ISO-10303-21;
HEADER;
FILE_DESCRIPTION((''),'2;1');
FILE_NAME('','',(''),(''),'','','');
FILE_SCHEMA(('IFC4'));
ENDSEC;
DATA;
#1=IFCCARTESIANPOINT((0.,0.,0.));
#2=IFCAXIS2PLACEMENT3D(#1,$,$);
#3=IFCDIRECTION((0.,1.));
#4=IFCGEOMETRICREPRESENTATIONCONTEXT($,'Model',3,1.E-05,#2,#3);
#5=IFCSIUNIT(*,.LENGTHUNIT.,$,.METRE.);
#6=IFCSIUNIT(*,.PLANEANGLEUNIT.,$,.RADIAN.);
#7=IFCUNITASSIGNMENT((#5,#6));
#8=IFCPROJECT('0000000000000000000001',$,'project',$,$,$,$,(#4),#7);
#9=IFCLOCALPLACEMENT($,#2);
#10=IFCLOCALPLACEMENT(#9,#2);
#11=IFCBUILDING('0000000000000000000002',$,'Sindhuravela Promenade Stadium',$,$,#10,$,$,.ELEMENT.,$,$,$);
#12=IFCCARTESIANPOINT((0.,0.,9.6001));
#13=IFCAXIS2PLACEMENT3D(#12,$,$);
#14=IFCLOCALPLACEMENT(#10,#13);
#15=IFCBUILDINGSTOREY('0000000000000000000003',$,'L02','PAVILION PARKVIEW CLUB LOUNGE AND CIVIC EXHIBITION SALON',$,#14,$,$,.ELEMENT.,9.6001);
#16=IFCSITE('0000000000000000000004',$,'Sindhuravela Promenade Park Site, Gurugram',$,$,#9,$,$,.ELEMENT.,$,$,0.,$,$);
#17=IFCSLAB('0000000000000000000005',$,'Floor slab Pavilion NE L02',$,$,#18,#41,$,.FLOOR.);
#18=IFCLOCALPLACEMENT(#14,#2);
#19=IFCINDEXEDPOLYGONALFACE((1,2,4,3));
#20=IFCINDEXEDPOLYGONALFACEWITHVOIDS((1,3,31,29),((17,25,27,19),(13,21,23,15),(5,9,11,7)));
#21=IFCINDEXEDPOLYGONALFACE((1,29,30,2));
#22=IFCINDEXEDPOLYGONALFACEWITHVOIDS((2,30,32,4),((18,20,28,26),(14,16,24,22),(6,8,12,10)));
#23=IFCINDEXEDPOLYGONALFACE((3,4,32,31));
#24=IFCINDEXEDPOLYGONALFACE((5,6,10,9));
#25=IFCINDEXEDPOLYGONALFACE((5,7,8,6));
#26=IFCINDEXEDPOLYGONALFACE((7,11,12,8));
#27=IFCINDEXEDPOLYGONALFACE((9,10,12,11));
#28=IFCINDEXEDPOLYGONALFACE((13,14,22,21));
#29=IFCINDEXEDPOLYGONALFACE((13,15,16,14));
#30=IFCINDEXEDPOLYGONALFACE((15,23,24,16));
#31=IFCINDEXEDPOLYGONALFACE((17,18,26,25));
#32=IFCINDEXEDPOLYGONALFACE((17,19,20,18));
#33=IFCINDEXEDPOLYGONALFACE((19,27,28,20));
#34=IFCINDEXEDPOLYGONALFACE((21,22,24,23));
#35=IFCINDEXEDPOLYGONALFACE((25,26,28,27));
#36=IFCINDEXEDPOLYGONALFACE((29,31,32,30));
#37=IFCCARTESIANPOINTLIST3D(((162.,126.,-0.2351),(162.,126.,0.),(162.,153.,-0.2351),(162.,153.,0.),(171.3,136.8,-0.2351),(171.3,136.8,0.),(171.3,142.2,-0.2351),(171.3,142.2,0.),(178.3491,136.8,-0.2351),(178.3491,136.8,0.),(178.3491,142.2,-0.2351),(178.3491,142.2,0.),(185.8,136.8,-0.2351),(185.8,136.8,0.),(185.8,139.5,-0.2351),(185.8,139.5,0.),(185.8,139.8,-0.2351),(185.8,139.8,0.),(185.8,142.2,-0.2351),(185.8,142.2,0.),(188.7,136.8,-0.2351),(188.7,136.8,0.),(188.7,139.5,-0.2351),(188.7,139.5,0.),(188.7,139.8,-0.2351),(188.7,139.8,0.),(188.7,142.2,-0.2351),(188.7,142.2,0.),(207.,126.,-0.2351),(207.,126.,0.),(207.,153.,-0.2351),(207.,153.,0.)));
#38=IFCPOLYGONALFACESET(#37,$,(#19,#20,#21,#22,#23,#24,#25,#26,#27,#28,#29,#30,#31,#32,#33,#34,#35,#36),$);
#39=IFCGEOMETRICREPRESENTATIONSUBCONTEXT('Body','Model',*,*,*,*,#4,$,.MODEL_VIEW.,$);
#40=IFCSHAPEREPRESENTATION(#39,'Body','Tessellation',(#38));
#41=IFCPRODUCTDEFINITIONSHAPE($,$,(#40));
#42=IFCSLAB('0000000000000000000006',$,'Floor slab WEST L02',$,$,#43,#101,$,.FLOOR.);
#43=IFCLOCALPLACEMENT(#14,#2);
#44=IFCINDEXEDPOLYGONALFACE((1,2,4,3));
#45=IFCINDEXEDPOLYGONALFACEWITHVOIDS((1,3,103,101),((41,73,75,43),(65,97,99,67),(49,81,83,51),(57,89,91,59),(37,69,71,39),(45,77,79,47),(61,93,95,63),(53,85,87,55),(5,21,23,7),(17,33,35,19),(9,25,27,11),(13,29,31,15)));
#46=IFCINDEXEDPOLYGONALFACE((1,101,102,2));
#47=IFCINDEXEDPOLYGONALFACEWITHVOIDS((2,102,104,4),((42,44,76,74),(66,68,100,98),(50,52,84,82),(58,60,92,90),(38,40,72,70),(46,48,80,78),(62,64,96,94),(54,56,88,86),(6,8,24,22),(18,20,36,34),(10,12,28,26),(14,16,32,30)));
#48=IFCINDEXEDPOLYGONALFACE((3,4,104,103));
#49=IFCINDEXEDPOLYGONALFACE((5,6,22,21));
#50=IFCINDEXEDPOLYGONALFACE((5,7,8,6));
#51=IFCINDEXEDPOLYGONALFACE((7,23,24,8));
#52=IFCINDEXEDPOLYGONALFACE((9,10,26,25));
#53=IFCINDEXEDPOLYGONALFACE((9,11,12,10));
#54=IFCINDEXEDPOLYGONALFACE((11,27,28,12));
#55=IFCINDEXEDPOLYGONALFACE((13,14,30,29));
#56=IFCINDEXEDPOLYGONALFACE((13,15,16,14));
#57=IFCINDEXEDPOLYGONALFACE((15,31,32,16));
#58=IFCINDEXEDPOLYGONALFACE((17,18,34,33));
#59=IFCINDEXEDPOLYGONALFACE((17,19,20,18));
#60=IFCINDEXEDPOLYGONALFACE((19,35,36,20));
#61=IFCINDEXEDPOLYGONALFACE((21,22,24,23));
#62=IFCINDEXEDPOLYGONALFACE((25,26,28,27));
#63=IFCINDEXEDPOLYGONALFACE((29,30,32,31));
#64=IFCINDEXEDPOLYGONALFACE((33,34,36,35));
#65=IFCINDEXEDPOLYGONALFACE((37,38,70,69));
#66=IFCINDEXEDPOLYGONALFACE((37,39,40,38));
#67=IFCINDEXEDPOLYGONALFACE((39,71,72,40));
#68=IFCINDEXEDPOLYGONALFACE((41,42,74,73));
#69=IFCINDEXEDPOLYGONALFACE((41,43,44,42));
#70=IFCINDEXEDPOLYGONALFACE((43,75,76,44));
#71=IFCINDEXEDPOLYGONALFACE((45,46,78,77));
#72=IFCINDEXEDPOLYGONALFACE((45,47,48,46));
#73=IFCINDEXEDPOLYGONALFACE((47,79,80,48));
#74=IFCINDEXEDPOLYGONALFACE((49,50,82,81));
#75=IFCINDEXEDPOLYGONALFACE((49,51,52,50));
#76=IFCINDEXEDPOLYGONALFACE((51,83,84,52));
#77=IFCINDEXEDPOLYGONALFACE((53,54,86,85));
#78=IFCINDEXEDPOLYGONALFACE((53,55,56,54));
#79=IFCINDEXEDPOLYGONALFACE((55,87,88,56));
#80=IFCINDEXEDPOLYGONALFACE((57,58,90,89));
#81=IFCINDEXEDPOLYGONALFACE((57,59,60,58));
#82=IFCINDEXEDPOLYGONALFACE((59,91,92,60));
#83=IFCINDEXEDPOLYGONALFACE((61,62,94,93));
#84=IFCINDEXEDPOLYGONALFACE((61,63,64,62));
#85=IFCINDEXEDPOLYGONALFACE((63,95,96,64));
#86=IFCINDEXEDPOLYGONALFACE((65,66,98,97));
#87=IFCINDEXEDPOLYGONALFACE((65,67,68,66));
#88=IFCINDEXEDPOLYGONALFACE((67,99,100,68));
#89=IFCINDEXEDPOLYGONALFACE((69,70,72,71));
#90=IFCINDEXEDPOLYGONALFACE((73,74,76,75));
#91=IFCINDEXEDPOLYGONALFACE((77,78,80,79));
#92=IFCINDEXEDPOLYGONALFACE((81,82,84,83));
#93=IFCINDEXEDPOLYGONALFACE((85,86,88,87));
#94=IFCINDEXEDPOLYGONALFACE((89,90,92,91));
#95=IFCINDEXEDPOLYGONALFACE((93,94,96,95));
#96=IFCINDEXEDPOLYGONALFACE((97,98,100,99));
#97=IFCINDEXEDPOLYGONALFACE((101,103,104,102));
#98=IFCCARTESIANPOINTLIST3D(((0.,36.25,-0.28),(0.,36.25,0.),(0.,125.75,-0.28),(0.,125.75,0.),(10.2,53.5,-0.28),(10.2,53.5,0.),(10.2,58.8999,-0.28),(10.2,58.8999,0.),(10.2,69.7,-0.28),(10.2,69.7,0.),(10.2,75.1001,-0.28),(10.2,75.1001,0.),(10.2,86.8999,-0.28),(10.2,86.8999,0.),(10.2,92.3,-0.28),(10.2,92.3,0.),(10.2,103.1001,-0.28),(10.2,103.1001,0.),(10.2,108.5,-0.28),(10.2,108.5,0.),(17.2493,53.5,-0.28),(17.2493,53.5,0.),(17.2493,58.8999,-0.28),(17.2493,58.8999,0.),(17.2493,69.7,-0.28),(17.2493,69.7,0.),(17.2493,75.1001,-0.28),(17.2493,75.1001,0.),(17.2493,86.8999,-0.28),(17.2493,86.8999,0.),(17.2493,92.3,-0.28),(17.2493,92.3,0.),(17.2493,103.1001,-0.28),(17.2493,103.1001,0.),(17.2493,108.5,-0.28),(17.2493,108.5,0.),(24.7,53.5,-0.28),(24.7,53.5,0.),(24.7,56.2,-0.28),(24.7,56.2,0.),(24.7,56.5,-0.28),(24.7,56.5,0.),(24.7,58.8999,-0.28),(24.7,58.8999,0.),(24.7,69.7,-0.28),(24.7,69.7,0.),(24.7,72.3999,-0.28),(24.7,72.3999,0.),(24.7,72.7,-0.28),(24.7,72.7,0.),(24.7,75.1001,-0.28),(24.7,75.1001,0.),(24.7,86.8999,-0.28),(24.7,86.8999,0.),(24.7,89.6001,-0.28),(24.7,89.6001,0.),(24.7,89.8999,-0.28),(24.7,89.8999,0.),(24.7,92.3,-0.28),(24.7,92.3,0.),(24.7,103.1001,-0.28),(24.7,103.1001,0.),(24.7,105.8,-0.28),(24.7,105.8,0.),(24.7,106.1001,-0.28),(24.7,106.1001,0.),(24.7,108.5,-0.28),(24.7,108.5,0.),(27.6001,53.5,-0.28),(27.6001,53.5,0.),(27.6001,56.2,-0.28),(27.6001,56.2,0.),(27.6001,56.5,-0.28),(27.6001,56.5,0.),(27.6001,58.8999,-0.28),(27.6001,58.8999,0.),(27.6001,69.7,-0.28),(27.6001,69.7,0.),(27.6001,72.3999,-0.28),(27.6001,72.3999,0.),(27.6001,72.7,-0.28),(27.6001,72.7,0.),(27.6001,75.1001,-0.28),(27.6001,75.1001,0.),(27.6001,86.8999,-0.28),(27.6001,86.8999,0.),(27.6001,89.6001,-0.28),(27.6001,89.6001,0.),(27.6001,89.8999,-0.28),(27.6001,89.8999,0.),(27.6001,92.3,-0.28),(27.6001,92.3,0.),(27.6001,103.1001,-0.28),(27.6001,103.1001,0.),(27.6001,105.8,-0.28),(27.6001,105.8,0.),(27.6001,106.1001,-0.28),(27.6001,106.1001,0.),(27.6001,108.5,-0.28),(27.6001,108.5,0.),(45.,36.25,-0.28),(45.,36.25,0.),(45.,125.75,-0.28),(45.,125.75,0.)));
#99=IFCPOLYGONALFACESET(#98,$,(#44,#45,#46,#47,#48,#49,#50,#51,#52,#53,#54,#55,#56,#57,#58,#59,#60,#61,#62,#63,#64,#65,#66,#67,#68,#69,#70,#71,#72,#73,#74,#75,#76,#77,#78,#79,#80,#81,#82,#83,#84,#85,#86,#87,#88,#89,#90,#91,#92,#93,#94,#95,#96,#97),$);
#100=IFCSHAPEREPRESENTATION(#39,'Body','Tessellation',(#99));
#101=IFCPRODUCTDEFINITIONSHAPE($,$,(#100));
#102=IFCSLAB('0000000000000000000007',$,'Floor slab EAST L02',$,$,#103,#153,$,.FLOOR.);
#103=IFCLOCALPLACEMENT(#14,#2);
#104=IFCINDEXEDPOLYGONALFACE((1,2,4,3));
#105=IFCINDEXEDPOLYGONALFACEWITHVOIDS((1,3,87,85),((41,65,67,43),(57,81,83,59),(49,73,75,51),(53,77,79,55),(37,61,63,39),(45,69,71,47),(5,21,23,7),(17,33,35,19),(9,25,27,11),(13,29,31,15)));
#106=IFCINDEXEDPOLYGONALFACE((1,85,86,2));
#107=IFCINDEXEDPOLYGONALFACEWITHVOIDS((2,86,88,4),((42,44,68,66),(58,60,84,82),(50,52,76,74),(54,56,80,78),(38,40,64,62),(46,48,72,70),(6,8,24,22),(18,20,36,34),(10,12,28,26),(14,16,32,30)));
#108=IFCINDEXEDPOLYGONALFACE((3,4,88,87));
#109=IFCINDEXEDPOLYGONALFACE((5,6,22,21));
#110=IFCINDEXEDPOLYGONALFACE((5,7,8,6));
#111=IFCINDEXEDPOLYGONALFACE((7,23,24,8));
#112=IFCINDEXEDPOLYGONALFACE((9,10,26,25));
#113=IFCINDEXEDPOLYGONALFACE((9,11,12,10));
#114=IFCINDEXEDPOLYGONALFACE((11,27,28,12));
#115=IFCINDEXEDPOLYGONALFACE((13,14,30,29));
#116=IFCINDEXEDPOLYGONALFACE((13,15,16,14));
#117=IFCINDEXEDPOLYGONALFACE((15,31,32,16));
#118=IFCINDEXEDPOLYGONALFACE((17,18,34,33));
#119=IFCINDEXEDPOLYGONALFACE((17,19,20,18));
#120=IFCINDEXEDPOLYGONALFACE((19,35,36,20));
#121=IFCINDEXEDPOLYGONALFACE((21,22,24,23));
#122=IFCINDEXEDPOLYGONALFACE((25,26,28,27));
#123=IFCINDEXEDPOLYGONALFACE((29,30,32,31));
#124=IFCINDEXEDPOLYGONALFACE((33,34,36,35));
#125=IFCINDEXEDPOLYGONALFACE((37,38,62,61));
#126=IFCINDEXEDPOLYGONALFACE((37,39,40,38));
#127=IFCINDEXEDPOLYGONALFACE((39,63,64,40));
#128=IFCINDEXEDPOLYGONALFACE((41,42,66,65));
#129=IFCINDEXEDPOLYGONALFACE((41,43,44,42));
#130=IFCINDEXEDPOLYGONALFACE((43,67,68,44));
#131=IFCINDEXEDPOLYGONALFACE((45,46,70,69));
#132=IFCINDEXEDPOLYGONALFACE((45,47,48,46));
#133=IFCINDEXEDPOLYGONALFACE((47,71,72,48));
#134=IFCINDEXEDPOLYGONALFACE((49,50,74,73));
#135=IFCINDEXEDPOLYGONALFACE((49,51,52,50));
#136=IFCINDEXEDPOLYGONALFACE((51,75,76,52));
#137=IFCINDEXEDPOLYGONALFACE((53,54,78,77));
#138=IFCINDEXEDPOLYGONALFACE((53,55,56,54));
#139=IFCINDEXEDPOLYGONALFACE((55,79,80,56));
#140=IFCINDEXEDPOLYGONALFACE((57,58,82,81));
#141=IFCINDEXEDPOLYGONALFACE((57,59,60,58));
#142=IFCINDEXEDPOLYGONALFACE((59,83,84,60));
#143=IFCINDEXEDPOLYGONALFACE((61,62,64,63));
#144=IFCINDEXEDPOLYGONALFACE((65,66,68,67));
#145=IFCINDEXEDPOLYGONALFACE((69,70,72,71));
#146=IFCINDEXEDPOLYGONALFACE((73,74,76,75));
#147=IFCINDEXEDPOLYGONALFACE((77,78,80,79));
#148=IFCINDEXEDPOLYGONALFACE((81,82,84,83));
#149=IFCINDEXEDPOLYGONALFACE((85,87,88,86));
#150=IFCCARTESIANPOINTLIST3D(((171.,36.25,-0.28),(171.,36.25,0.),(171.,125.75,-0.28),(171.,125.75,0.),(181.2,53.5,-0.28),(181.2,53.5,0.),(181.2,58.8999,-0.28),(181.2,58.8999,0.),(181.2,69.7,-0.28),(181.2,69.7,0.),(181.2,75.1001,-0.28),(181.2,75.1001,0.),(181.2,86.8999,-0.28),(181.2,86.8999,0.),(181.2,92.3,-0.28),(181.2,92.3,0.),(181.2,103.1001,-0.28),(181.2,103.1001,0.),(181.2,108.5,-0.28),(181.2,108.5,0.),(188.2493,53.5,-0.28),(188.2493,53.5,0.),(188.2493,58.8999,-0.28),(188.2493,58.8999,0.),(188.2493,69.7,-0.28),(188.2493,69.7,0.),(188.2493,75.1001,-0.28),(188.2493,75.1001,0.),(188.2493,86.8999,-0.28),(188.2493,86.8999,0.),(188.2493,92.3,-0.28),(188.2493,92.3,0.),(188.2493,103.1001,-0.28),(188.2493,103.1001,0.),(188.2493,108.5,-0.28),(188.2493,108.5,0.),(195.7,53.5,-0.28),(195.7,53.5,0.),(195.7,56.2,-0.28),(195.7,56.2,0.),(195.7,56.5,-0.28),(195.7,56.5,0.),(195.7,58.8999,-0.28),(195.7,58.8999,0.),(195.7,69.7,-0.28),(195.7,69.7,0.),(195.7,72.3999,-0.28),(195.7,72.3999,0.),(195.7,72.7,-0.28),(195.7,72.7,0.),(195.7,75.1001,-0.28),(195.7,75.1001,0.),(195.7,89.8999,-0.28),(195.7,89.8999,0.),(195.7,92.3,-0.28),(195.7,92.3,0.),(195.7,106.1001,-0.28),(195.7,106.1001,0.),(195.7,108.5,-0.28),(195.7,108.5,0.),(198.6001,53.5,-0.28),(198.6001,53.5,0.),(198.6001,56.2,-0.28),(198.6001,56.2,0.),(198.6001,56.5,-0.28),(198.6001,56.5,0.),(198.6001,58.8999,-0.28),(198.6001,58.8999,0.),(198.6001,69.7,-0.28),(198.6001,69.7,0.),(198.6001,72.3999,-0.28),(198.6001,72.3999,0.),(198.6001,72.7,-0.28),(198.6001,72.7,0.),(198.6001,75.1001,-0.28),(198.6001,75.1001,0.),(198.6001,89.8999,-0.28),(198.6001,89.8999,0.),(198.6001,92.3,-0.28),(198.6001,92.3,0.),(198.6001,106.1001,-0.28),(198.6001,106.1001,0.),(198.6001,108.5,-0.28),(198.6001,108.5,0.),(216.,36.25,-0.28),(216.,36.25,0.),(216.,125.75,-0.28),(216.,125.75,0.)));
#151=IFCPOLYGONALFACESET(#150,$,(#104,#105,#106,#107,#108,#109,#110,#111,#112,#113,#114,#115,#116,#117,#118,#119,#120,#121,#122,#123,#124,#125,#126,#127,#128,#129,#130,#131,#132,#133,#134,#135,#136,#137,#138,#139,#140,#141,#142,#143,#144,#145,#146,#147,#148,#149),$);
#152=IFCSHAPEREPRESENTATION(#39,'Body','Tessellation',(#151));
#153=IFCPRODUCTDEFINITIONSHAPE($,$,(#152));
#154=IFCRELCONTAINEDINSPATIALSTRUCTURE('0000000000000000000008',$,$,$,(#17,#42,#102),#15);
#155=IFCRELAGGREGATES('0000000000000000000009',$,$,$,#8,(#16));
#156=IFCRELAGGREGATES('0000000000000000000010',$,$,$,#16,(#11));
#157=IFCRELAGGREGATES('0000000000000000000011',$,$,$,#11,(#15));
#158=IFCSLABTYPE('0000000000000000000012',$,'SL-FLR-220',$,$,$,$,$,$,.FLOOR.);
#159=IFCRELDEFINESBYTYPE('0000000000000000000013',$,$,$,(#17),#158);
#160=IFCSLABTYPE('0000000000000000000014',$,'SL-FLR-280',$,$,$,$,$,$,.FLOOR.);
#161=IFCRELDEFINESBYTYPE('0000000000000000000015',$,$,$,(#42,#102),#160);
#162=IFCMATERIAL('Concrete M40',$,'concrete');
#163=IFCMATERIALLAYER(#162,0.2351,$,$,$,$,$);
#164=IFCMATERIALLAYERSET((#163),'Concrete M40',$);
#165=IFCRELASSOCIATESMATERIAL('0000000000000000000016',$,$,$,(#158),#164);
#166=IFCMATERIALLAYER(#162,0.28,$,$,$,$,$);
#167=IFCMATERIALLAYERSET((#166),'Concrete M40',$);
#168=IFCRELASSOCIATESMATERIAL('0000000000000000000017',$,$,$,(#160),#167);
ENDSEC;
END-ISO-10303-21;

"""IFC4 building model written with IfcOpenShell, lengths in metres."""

from ifc_helpers import new_model, si_unit, direction, frame, origin, place, context, subcontext, project, spatial, polyline, outline, extrude, material, layer, layer_set, type_object, element, save


model = new_model("IFC4")

# Units and contexts
model_context = context("Model", 3, precision=1e-05, world=origin(), true_north=direction((0.0, 1.0)))
body_context = subcontext(model_context, "Body", "Model", "MODEL_VIEW")
ifc_project = project(units=[si_unit("LENGTHUNIT", "METRE"), si_unit("PLANEANGLEUNIT", "RADIAN")], contexts=[model_context])

# Site, building, storey
site_placement = place(None, origin())
site = spatial("IfcSite", under=ifc_project, at=site_placement, Name="Sindhuravela Promenade Park Site, Gurugram", CompositionType="ELEMENT", RefElevation=0.0)
building_placement = place(site_placement, origin())
building = spatial("IfcBuilding", under=site, at=building_placement, Name="Sindhuravela Promenade Stadium", CompositionType="ELEMENT")
storey_placement = place(building_placement, frame((0.0, 0.0, 9.6001)))
storey = spatial("IfcBuildingStorey", under=building, at=storey_placement, Name="L02", Description="PAVILION PARKVIEW CLUB LOUNGE AND CIVIC EXHIBITION SALON", CompositionType="ELEMENT", Elevation=9.6001)

# Slabs
ifc_material_1 = material(Name="Concrete M40", Category="concrete")
ifc_layer_1 = layer(ifc_material_1, 0.2351)
ifc_layer_set_1 = layer_set([ifc_layer_1], Name="Concrete M40")
slab_type_1 = type_object("IfcSlabType", Name="SL-FLR-220", PredefinedType="FLOOR", material=ifc_layer_set_1)
slab_1_placement = place(storey_placement, frame((0.0, 0.0, -0.2351)))
element("IfcSlab", 1, at=slab_1_placement, inside=storey, type_object=slab_type_1, Name="Floor slab Pavilion NE L02", PredefinedType="FLOOR", context=body_context, shape_type="SweptSolid", body=[
    extrude(outline(polyline([(162.0, 126.0), (207.0, 126.0), (207.0, 153.0), (162.0, 153.0), (162.0, 126.0)]), holes=[polyline([(171.3, 136.8), (178.3491, 136.8), (178.3491, 142.2), (171.3, 142.2), (171.3, 136.8)]), polyline([(185.8, 139.8), (188.7, 139.8), (188.7, 142.2), (185.8, 142.2), (185.8, 139.8)]), polyline([(185.8, 136.8), (188.7, 136.8), (188.7, 139.5), (185.8, 139.5), (185.8, 136.8)])]), origin(), (0.0, 0.0, 1.0), 0.2351),
])
ifc_layer_2 = layer(ifc_material_1, 0.28)
ifc_layer_set_2 = layer_set([ifc_layer_2], Name="Concrete M40")
slab_type_2 = type_object("IfcSlabType", Name="SL-FLR-280", PredefinedType="FLOOR", material=ifc_layer_set_2)
slab_2_placement = place(storey_placement, frame((0.0, 0.0, -0.28)))
element("IfcSlab", 2, at=slab_2_placement, inside=storey, type_object=slab_type_2, Name="Floor slab WEST L02", PredefinedType="FLOOR", context=body_context, shape_type="SweptSolid", body=[
    extrude(outline(polyline([(0.0, 36.25), (45.0, 36.25), (45.0, 125.75), (0.0, 125.75), (0.0, 36.25)]), holes=[polyline([(10.2, 53.5), (17.2493, 53.5), (17.2493, 58.8999), (10.2, 58.8999), (10.2, 53.5)]), polyline([(24.7, 56.5), (27.6001, 56.5), (27.6001, 58.8999), (24.7, 58.8999), (24.7, 56.5)]), polyline([(24.7, 53.5), (27.6001, 53.5), (27.6001, 56.2), (24.7, 56.2), (24.7, 53.5)]), polyline([(10.2, 69.7), (17.2493, 69.7), (17.2493, 75.1001), (10.2, 75.1001), (10.2, 69.7)]), polyline([(24.7, 72.7), (27.6001, 72.7), (27.6001, 75.1001), (24.7, 75.1001), (24.7, 72.7)]), polyline([(24.7, 69.7), (27.6001, 69.7), (27.6001, 72.3999), (24.7, 72.3999), (24.7, 69.7)]), polyline([(10.2, 86.8999), (17.2493, 86.8999), (17.2493, 92.3), (10.2, 92.3), (10.2, 86.8999)]), polyline([(24.7, 89.8999), (27.6001, 89.8999), (27.6001, 92.3), (24.7, 92.3), (24.7, 89.8999)]), polyline([(24.7, 86.8999), (27.6001, 86.8999), (27.6001, 89.6001), (24.7, 89.6001), (24.7, 86.8999)]), polyline([(10.2, 103.1001), (17.2493, 103.1001), (17.2493, 108.5), (10.2, 108.5), (10.2, 103.1001)]), polyline([(24.7, 106.1001), (27.6001, 106.1001), (27.6001, 108.5), (24.7, 108.5), (24.7, 106.1001)]), polyline([(24.7, 103.1001), (27.6001, 103.1001), (27.6001, 105.8), (24.7, 105.8), (24.7, 103.1001)])]), origin(), (0.0, 0.0, 1.0), 0.28),
])
slab_3_placement = place(storey_placement, frame((0.0, 0.0, -0.28)))
element("IfcSlab", 3, at=slab_3_placement, inside=storey, type_object=slab_type_2, Name="Floor slab EAST L02", PredefinedType="FLOOR", context=body_context, shape_type="SweptSolid", body=[
    extrude(outline(polyline([(171.0, 36.25), (216.0, 36.25), (216.0, 125.75), (171.0, 125.75), (171.0, 36.25)]), holes=[polyline([(181.2, 53.5), (188.2493, 53.5), (188.2493, 58.8999), (181.2, 58.8999), (181.2, 53.5)]), polyline([(195.7, 56.5), (198.6001, 56.5), (198.6001, 58.8999), (195.7, 58.8999), (195.7, 56.5)]), polyline([(195.7, 53.5), (198.6001, 53.5), (198.6001, 56.2), (195.7, 56.2), (195.7, 53.5)]), polyline([(181.2, 69.7), (188.2493, 69.7), (188.2493, 75.1001), (181.2, 75.1001), (181.2, 69.7)]), polyline([(195.7, 72.7), (198.6001, 72.7), (198.6001, 75.1001), (195.7, 75.1001), (195.7, 72.7)]), polyline([(195.7, 69.7), (198.6001, 69.7), (198.6001, 72.3999), (195.7, 72.3999), (195.7, 69.7)]), polyline([(181.2, 86.8999), (188.2493, 86.8999), (188.2493, 92.3), (181.2, 92.3), (181.2, 86.8999)]), polyline([(195.7, 89.8999), (198.6001, 89.8999), (198.6001, 92.3), (195.7, 92.3), (195.7, 89.8999)]), polyline([(181.2, 103.1001), (188.2493, 103.1001), (188.2493, 108.5), (181.2, 108.5), (181.2, 103.1001)]), polyline([(195.7, 106.1001), (198.6001, 106.1001), (198.6001, 108.5), (195.7, 108.5), (195.7, 106.1001)])]), origin(), (0.0, 0.0, 1.0), 0.28),
])

save(model, "model.ifc")
